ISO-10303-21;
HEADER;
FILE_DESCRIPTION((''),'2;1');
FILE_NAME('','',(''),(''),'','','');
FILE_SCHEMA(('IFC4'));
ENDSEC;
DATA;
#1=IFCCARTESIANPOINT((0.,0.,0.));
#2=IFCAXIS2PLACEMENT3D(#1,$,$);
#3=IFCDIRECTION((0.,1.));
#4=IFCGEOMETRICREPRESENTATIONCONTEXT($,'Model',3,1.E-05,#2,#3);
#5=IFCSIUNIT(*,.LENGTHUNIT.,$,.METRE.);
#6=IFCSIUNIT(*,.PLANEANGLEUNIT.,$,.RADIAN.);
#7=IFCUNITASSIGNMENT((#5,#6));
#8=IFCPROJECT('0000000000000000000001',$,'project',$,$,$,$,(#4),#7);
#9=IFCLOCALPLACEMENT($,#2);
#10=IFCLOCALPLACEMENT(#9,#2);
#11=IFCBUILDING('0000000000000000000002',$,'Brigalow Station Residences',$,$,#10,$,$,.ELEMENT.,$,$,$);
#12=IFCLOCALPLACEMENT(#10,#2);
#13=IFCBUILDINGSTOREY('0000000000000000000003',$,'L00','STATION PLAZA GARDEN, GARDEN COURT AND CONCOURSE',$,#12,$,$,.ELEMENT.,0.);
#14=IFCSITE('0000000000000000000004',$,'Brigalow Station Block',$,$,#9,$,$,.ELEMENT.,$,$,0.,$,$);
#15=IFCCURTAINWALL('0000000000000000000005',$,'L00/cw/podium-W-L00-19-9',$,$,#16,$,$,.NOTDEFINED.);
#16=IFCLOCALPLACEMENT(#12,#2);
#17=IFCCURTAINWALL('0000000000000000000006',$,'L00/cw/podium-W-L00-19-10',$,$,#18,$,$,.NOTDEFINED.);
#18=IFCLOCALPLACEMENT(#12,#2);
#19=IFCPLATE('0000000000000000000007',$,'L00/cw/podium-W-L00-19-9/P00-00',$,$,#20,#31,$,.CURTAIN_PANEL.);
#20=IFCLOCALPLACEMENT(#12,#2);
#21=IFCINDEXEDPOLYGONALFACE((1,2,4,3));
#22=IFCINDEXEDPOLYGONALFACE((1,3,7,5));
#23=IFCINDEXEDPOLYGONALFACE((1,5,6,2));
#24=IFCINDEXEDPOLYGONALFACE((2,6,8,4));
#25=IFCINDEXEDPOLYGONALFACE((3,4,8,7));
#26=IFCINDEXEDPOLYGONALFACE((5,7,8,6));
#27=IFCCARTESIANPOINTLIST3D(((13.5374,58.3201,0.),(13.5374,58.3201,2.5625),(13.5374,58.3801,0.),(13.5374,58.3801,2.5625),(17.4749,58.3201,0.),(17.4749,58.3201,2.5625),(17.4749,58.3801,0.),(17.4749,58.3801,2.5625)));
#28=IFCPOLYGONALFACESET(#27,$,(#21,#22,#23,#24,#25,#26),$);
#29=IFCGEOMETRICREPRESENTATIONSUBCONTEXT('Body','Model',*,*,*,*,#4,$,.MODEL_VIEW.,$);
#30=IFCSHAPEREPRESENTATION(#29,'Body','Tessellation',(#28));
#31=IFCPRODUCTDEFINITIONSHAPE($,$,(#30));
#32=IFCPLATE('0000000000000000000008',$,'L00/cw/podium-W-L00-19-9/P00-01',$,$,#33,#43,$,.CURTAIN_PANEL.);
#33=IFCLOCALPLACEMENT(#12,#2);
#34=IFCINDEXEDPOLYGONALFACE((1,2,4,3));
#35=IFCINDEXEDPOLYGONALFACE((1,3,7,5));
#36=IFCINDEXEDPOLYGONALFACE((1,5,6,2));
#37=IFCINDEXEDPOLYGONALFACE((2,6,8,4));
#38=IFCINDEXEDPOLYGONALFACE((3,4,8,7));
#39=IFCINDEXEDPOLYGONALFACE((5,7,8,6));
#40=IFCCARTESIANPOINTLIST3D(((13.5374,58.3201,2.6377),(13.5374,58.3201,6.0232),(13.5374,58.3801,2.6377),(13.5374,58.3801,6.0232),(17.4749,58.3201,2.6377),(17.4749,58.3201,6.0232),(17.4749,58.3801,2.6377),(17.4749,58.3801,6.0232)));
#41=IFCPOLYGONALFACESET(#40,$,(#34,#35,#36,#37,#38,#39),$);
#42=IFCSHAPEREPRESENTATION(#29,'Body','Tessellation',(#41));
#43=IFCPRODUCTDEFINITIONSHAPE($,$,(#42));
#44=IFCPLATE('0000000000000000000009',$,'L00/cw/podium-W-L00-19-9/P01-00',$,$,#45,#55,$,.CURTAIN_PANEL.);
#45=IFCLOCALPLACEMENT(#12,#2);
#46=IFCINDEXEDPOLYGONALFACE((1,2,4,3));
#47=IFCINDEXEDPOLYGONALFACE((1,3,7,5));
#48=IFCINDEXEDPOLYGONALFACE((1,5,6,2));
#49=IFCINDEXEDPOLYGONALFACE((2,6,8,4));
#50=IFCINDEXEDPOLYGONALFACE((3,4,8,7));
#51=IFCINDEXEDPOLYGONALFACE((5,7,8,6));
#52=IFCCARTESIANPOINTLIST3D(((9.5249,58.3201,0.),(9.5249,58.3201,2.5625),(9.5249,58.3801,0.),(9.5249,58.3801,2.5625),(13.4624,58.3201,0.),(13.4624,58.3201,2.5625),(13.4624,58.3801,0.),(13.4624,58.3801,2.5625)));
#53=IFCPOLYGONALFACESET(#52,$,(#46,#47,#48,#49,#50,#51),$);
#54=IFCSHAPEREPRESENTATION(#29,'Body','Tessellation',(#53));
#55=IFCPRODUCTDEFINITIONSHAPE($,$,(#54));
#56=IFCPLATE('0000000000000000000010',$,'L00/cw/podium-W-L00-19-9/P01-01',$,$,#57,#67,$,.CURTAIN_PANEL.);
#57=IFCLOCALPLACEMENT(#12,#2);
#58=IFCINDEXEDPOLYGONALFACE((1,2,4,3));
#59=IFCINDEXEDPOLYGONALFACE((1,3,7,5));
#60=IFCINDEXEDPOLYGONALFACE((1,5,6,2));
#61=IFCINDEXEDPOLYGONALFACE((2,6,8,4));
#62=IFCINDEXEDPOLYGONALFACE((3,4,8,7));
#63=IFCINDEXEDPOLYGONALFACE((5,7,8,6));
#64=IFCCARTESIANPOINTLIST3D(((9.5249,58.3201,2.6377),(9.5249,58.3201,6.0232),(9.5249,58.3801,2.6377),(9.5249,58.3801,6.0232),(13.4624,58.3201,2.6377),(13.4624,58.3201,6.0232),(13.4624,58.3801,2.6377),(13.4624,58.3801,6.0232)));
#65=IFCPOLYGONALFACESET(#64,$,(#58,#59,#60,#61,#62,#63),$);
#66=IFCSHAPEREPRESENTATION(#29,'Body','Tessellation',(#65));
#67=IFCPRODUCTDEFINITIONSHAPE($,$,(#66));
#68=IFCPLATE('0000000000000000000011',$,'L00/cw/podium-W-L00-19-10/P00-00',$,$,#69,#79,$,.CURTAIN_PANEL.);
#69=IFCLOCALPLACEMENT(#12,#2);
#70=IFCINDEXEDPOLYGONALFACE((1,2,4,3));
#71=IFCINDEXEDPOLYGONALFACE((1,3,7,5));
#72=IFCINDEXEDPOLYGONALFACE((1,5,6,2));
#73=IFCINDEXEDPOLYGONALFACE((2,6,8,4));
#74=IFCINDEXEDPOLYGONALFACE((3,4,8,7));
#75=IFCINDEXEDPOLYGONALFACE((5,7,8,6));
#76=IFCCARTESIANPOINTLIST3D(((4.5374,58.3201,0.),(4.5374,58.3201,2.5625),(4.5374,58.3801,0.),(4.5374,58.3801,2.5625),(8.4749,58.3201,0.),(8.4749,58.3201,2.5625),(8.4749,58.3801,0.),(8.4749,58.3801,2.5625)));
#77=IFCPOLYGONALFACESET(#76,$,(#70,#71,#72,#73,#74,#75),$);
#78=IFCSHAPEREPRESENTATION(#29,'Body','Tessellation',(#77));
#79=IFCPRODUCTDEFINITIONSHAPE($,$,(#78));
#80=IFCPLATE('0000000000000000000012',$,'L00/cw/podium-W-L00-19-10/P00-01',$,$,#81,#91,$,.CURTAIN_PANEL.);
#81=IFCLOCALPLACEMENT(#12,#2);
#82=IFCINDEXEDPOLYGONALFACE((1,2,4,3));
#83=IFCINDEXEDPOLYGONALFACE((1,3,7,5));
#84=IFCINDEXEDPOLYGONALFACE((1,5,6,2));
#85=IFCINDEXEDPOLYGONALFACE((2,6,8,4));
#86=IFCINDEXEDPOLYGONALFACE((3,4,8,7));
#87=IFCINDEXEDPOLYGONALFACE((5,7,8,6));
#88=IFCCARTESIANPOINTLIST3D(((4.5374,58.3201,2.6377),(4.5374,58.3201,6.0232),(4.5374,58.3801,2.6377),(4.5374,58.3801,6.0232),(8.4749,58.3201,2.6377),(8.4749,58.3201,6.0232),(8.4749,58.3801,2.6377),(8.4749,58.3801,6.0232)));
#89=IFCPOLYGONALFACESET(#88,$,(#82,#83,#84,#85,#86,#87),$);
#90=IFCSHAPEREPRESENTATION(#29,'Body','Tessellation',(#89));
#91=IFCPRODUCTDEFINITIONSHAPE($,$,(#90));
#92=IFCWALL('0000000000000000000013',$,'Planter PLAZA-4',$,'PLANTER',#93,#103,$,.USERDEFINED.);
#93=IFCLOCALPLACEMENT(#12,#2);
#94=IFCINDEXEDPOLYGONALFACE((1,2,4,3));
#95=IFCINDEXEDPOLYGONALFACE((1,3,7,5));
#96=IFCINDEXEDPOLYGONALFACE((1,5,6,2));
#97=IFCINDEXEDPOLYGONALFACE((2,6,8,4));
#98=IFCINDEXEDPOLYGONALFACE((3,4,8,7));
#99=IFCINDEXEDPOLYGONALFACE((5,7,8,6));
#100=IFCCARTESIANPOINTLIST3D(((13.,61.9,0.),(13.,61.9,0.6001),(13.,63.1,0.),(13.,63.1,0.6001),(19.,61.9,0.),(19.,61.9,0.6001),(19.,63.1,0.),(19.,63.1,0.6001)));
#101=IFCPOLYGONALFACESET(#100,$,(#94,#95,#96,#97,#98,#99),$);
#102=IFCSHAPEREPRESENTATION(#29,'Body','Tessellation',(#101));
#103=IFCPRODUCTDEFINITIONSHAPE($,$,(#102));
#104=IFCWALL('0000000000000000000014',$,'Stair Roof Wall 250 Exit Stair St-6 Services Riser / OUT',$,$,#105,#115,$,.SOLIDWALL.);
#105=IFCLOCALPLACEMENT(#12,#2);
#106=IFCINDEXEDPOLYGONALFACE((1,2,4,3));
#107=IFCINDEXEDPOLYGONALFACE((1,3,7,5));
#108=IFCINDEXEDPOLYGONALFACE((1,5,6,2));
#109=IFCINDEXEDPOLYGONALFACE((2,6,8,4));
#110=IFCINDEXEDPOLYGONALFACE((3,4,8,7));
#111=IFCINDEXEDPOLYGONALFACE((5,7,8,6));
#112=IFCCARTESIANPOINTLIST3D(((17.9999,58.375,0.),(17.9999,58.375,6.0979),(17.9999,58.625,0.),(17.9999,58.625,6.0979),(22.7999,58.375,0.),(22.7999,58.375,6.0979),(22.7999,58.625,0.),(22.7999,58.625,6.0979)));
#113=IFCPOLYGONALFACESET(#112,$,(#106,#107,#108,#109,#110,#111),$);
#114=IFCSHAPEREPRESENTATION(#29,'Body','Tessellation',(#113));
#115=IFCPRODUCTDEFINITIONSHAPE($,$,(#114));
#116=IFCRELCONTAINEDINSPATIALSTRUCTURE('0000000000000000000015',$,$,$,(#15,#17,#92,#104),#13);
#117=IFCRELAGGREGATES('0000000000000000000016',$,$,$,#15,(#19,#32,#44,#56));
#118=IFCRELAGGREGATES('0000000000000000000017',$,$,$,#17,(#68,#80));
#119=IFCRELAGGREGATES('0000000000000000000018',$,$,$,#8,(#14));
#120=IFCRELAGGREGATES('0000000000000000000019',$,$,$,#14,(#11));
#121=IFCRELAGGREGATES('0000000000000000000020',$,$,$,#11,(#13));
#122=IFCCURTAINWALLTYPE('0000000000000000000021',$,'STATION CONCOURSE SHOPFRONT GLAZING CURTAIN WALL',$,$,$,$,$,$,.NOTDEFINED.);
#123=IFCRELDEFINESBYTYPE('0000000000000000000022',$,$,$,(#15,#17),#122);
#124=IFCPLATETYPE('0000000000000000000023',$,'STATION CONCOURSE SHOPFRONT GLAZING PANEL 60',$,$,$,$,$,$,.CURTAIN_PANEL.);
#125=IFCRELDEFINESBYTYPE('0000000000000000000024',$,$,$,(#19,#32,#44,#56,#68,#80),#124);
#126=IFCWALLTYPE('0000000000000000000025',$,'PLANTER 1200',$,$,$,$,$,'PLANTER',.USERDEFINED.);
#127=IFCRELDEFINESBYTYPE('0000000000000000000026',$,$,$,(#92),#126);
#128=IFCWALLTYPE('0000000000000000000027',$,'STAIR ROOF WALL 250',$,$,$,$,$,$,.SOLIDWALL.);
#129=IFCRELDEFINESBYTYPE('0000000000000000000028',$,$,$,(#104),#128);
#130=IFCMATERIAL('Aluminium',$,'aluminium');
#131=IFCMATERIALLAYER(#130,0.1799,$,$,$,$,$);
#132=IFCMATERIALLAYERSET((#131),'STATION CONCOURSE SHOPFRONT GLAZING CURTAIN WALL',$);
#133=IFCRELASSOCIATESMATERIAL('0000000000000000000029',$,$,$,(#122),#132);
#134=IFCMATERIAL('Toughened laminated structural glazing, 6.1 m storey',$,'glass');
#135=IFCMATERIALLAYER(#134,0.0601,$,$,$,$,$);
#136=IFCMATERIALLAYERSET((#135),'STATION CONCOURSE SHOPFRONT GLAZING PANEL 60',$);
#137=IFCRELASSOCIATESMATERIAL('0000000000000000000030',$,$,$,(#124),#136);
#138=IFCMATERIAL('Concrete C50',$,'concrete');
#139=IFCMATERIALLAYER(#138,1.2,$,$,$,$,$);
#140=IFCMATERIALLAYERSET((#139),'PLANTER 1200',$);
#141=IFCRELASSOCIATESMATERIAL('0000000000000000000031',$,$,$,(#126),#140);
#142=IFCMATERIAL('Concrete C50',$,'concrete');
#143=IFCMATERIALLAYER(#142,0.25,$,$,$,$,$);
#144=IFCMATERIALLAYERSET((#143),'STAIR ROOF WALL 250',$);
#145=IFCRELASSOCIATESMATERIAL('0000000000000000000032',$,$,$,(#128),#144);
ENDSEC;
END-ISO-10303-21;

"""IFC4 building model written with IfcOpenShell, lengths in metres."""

from ifc_helpers import new_model, si_unit, direction, frame, frame_2d, origin, origin_2d, place, context, subcontext, project, spatial, rectangle, extrude, material, layer, layer_set, type_object, element, aggregate, save


model = new_model("IFC4")

# Units and contexts
model_context = context("Model", 3, precision=1e-05, world=origin(), true_north=direction((0.0, 1.0)))
body_context = subcontext(model_context, "Body", "Model", "MODEL_VIEW")
ifc_project = project(units=[si_unit("LENGTHUNIT", "METRE"), si_unit("PLANEANGLEUNIT", "RADIAN")], contexts=[model_context])

# Site, building, storey
site_placement = place(None, origin())
site = spatial("IfcSite", under=ifc_project, at=site_placement, Name="Brigalow Station Block", CompositionType="ELEMENT", RefElevation=0.0)
building_placement = place(site_placement, origin())
building = spatial("IfcBuilding", under=site, at=building_placement, Name="Brigalow Station Residences", CompositionType="ELEMENT")
storey_placement = place(building_placement, origin())
storey = spatial("IfcBuildingStorey", under=building, at=storey_placement, Name="L00", Description="STATION PLAZA GARDEN, GARDEN COURT AND CONCOURSE", CompositionType="ELEMENT", Elevation=0.0)

# Curtain wall
ifc_material_1 = material(Name="Aluminium", Category="aluminium")
ifc_layer_1 = layer(ifc_material_1, 0.1799)
ifc_layer_set_1 = layer_set([ifc_layer_1], Name="STATION CONCOURSE SHOPFRONT GLAZING CURTAIN WALL")
curtain_wall_type = type_object("IfcCurtainWallType", Name="STATION CONCOURSE SHOPFRONT GLAZING CURTAIN WALL", PredefinedType="NOTDEFINED", material=ifc_layer_set_1)
curtain_wall_1_placement = place(storey_placement, origin())
curtain_wall_1 = element("IfcCurtainWall", 1, at=curtain_wall_1_placement, inside=storey, type_object=curtain_wall_type, Name="L00/cw/podium-W-L00-19-9", PredefinedType="NOTDEFINED")

# Curtain wall
curtain_wall_2_placement = place(storey_placement, origin())
curtain_wall_2 = element("IfcCurtainWall", 2, at=curtain_wall_2_placement, inside=storey, type_object=curtain_wall_type, Name="L00/cw/podium-W-L00-19-10", PredefinedType="NOTDEFINED")

# Plates
ifc_material_2 = material(Name="Toughened laminated structural glazing, 6.1 m storey", Category="glass")
ifc_layer_2 = layer(ifc_material_2, 0.0601)
ifc_layer_set_2 = layer_set([ifc_layer_2], Name="STATION CONCOURSE SHOPFRONT GLAZING PANEL 60")
plate_type = type_object("IfcPlateType", Name="STATION CONCOURSE SHOPFRONT GLAZING PANEL 60", PredefinedType="CURTAIN_PANEL", material=ifc_layer_set_2)
plate_1_placement = place(storey_placement, frame((15.5061, 58.3501, 0.0), z_axis=(0.0, 0.0, 1.0), x_axis=(-1.0, 0.0, 0.0)))
plate_1 = element("IfcPlate", 3, at=plate_1_placement, type_object=plate_type, Name="L00/cw/podium-W-L00-19-9/P00-00", PredefinedType="CURTAIN_PANEL", context=body_context, shape_type="SweptSolid", body=[
    extrude(rectangle(XDim=3.9375, YDim=0.0601, at=origin_2d()), origin(), (0.0, 0.0, 1.0), 2.5625),
])
plate_2_placement = place(storey_placement, frame((15.5061, 58.3501, 2.6377), z_axis=(0.0, 0.0, 1.0), x_axis=(-1.0, 0.0, 0.0)))
plate_2 = element("IfcPlate", 4, at=plate_2_placement, type_object=plate_type, Name="L00/cw/podium-W-L00-19-9/P00-01", PredefinedType="CURTAIN_PANEL", context=body_context, shape_type="SweptSolid", body=[
    extrude(rectangle(XDim=3.9375, YDim=0.0601, at=origin_2d()), origin(), (0.0, 0.0, 1.0), 3.3855),
])
plate_3_placement = place(storey_placement, frame((11.4937, 58.3501, 0.0), z_axis=(0.0, 0.0, 1.0), x_axis=(-1.0, 0.0, 0.0)))
plate_3 = element("IfcPlate", 5, at=plate_3_placement, type_object=plate_type, Name="L00/cw/podium-W-L00-19-9/P01-00", PredefinedType="CURTAIN_PANEL", context=body_context, shape_type="SweptSolid", body=[
    extrude(rectangle(XDim=3.9375, YDim=0.0601, at=origin_2d()), origin(), (0.0, 0.0, 1.0), 2.5625),
])
plate_4_placement = place(storey_placement, frame((11.4937, 58.3501, 2.6377), z_axis=(0.0, 0.0, 1.0), x_axis=(-1.0, 0.0, 0.0)))
plate_4 = element("IfcPlate", 6, at=plate_4_placement, type_object=plate_type, Name="L00/cw/podium-W-L00-19-9/P01-01", PredefinedType="CURTAIN_PANEL", context=body_context, shape_type="SweptSolid", body=[
    extrude(rectangle(XDim=3.9375, YDim=0.0601, at=origin_2d()), origin(), (0.0, 0.0, 1.0), 3.3855),
])
aggregate(curtain_wall_1, [plate_1, plate_2, plate_3, plate_4])
plate_5_placement = place(storey_placement, frame((6.5061, 58.3501, 0.0), z_axis=(0.0, 0.0, 1.0), x_axis=(-1.0, 0.0, 0.0)))
plate_5 = element("IfcPlate", 7, at=plate_5_placement, type_object=plate_type, Name="L00/cw/podium-W-L00-19-10/P00-00", PredefinedType="CURTAIN_PANEL", context=body_context, shape_type="SweptSolid", body=[
    extrude(rectangle(XDim=3.9375, YDim=0.0601, at=origin_2d()), origin(), (0.0, 0.0, 1.0), 2.5625),
])
plate_6_placement = place(storey_placement, frame((6.5061, 58.3501, 2.6377), z_axis=(0.0, 0.0, 1.0), x_axis=(-1.0, 0.0, 0.0)))
plate_6 = element("IfcPlate", 8, at=plate_6_placement, type_object=plate_type, Name="L00/cw/podium-W-L00-19-10/P00-01", PredefinedType="CURTAIN_PANEL", context=body_context, shape_type="SweptSolid", body=[
    extrude(rectangle(XDim=3.9375, YDim=0.0601, at=origin_2d()), origin(), (0.0, 0.0, 1.0), 3.3855),
])
aggregate(curtain_wall_2, [plate_5, plate_6])

# Walls
ifc_material_3 = material(Name="Concrete C50", Category="concrete")
ifc_layer_3 = layer(ifc_material_3, 1.2)
ifc_layer_set_3 = layer_set([ifc_layer_3], Name="PLANTER 1200")
wall_type_1 = type_object("IfcWallType", Name="PLANTER 1200", ElementType="PLANTER", PredefinedType="USERDEFINED", material=ifc_layer_set_3)
wall_1_placement = place(storey_placement, frame((13.0, 62.5, 0.0), z_axis=(0.0, 0.0, 1.0), x_axis=(1.0, 0.0, 0.0)))
element("IfcWall", 9, at=wall_1_placement, inside=storey, type_object=wall_type_1, Name="Planter PLAZA-4", ObjectType="PLANTER", PredefinedType="USERDEFINED", context=body_context, shape_type="SweptSolid", body=[
    extrude(rectangle(XDim=6.0, YDim=1.2, at=frame_2d((3.0, 0.0))), origin(), (0.0, 0.0, 1.0), 0.6001),
])
ifc_material_4 = material(Name="Concrete C50", Category="concrete")
ifc_layer_4 = layer(ifc_material_4, 0.25)
ifc_layer_set_4 = layer_set([ifc_layer_4], Name="STAIR ROOF WALL 250")
wall_type_2 = type_object("IfcWallType", Name="STAIR ROOF WALL 250", PredefinedType="SOLIDWALL", material=ifc_layer_set_4)
wall_2_placement = place(storey_placement, frame((18.0, 58.5, 0.0), z_axis=(0.0, 0.0, 1.0), x_axis=(1.0, 0.0, 0.0)))
element("IfcWall", 10, at=wall_2_placement, inside=storey, type_object=wall_type_2, Name="Stair Roof Wall 250 Exit Stair St-6 Services Riser / OUT", PredefinedType="SOLIDWALL", context=body_context, shape_type="SweptSolid", body=[
    extrude(rectangle(XDim=4.8, YDim=0.25, at=frame_2d((2.3999, 0.0))), origin(), (0.0, 0.0, 1.0), 6.0979),
])

save(model, "model.ifc")
